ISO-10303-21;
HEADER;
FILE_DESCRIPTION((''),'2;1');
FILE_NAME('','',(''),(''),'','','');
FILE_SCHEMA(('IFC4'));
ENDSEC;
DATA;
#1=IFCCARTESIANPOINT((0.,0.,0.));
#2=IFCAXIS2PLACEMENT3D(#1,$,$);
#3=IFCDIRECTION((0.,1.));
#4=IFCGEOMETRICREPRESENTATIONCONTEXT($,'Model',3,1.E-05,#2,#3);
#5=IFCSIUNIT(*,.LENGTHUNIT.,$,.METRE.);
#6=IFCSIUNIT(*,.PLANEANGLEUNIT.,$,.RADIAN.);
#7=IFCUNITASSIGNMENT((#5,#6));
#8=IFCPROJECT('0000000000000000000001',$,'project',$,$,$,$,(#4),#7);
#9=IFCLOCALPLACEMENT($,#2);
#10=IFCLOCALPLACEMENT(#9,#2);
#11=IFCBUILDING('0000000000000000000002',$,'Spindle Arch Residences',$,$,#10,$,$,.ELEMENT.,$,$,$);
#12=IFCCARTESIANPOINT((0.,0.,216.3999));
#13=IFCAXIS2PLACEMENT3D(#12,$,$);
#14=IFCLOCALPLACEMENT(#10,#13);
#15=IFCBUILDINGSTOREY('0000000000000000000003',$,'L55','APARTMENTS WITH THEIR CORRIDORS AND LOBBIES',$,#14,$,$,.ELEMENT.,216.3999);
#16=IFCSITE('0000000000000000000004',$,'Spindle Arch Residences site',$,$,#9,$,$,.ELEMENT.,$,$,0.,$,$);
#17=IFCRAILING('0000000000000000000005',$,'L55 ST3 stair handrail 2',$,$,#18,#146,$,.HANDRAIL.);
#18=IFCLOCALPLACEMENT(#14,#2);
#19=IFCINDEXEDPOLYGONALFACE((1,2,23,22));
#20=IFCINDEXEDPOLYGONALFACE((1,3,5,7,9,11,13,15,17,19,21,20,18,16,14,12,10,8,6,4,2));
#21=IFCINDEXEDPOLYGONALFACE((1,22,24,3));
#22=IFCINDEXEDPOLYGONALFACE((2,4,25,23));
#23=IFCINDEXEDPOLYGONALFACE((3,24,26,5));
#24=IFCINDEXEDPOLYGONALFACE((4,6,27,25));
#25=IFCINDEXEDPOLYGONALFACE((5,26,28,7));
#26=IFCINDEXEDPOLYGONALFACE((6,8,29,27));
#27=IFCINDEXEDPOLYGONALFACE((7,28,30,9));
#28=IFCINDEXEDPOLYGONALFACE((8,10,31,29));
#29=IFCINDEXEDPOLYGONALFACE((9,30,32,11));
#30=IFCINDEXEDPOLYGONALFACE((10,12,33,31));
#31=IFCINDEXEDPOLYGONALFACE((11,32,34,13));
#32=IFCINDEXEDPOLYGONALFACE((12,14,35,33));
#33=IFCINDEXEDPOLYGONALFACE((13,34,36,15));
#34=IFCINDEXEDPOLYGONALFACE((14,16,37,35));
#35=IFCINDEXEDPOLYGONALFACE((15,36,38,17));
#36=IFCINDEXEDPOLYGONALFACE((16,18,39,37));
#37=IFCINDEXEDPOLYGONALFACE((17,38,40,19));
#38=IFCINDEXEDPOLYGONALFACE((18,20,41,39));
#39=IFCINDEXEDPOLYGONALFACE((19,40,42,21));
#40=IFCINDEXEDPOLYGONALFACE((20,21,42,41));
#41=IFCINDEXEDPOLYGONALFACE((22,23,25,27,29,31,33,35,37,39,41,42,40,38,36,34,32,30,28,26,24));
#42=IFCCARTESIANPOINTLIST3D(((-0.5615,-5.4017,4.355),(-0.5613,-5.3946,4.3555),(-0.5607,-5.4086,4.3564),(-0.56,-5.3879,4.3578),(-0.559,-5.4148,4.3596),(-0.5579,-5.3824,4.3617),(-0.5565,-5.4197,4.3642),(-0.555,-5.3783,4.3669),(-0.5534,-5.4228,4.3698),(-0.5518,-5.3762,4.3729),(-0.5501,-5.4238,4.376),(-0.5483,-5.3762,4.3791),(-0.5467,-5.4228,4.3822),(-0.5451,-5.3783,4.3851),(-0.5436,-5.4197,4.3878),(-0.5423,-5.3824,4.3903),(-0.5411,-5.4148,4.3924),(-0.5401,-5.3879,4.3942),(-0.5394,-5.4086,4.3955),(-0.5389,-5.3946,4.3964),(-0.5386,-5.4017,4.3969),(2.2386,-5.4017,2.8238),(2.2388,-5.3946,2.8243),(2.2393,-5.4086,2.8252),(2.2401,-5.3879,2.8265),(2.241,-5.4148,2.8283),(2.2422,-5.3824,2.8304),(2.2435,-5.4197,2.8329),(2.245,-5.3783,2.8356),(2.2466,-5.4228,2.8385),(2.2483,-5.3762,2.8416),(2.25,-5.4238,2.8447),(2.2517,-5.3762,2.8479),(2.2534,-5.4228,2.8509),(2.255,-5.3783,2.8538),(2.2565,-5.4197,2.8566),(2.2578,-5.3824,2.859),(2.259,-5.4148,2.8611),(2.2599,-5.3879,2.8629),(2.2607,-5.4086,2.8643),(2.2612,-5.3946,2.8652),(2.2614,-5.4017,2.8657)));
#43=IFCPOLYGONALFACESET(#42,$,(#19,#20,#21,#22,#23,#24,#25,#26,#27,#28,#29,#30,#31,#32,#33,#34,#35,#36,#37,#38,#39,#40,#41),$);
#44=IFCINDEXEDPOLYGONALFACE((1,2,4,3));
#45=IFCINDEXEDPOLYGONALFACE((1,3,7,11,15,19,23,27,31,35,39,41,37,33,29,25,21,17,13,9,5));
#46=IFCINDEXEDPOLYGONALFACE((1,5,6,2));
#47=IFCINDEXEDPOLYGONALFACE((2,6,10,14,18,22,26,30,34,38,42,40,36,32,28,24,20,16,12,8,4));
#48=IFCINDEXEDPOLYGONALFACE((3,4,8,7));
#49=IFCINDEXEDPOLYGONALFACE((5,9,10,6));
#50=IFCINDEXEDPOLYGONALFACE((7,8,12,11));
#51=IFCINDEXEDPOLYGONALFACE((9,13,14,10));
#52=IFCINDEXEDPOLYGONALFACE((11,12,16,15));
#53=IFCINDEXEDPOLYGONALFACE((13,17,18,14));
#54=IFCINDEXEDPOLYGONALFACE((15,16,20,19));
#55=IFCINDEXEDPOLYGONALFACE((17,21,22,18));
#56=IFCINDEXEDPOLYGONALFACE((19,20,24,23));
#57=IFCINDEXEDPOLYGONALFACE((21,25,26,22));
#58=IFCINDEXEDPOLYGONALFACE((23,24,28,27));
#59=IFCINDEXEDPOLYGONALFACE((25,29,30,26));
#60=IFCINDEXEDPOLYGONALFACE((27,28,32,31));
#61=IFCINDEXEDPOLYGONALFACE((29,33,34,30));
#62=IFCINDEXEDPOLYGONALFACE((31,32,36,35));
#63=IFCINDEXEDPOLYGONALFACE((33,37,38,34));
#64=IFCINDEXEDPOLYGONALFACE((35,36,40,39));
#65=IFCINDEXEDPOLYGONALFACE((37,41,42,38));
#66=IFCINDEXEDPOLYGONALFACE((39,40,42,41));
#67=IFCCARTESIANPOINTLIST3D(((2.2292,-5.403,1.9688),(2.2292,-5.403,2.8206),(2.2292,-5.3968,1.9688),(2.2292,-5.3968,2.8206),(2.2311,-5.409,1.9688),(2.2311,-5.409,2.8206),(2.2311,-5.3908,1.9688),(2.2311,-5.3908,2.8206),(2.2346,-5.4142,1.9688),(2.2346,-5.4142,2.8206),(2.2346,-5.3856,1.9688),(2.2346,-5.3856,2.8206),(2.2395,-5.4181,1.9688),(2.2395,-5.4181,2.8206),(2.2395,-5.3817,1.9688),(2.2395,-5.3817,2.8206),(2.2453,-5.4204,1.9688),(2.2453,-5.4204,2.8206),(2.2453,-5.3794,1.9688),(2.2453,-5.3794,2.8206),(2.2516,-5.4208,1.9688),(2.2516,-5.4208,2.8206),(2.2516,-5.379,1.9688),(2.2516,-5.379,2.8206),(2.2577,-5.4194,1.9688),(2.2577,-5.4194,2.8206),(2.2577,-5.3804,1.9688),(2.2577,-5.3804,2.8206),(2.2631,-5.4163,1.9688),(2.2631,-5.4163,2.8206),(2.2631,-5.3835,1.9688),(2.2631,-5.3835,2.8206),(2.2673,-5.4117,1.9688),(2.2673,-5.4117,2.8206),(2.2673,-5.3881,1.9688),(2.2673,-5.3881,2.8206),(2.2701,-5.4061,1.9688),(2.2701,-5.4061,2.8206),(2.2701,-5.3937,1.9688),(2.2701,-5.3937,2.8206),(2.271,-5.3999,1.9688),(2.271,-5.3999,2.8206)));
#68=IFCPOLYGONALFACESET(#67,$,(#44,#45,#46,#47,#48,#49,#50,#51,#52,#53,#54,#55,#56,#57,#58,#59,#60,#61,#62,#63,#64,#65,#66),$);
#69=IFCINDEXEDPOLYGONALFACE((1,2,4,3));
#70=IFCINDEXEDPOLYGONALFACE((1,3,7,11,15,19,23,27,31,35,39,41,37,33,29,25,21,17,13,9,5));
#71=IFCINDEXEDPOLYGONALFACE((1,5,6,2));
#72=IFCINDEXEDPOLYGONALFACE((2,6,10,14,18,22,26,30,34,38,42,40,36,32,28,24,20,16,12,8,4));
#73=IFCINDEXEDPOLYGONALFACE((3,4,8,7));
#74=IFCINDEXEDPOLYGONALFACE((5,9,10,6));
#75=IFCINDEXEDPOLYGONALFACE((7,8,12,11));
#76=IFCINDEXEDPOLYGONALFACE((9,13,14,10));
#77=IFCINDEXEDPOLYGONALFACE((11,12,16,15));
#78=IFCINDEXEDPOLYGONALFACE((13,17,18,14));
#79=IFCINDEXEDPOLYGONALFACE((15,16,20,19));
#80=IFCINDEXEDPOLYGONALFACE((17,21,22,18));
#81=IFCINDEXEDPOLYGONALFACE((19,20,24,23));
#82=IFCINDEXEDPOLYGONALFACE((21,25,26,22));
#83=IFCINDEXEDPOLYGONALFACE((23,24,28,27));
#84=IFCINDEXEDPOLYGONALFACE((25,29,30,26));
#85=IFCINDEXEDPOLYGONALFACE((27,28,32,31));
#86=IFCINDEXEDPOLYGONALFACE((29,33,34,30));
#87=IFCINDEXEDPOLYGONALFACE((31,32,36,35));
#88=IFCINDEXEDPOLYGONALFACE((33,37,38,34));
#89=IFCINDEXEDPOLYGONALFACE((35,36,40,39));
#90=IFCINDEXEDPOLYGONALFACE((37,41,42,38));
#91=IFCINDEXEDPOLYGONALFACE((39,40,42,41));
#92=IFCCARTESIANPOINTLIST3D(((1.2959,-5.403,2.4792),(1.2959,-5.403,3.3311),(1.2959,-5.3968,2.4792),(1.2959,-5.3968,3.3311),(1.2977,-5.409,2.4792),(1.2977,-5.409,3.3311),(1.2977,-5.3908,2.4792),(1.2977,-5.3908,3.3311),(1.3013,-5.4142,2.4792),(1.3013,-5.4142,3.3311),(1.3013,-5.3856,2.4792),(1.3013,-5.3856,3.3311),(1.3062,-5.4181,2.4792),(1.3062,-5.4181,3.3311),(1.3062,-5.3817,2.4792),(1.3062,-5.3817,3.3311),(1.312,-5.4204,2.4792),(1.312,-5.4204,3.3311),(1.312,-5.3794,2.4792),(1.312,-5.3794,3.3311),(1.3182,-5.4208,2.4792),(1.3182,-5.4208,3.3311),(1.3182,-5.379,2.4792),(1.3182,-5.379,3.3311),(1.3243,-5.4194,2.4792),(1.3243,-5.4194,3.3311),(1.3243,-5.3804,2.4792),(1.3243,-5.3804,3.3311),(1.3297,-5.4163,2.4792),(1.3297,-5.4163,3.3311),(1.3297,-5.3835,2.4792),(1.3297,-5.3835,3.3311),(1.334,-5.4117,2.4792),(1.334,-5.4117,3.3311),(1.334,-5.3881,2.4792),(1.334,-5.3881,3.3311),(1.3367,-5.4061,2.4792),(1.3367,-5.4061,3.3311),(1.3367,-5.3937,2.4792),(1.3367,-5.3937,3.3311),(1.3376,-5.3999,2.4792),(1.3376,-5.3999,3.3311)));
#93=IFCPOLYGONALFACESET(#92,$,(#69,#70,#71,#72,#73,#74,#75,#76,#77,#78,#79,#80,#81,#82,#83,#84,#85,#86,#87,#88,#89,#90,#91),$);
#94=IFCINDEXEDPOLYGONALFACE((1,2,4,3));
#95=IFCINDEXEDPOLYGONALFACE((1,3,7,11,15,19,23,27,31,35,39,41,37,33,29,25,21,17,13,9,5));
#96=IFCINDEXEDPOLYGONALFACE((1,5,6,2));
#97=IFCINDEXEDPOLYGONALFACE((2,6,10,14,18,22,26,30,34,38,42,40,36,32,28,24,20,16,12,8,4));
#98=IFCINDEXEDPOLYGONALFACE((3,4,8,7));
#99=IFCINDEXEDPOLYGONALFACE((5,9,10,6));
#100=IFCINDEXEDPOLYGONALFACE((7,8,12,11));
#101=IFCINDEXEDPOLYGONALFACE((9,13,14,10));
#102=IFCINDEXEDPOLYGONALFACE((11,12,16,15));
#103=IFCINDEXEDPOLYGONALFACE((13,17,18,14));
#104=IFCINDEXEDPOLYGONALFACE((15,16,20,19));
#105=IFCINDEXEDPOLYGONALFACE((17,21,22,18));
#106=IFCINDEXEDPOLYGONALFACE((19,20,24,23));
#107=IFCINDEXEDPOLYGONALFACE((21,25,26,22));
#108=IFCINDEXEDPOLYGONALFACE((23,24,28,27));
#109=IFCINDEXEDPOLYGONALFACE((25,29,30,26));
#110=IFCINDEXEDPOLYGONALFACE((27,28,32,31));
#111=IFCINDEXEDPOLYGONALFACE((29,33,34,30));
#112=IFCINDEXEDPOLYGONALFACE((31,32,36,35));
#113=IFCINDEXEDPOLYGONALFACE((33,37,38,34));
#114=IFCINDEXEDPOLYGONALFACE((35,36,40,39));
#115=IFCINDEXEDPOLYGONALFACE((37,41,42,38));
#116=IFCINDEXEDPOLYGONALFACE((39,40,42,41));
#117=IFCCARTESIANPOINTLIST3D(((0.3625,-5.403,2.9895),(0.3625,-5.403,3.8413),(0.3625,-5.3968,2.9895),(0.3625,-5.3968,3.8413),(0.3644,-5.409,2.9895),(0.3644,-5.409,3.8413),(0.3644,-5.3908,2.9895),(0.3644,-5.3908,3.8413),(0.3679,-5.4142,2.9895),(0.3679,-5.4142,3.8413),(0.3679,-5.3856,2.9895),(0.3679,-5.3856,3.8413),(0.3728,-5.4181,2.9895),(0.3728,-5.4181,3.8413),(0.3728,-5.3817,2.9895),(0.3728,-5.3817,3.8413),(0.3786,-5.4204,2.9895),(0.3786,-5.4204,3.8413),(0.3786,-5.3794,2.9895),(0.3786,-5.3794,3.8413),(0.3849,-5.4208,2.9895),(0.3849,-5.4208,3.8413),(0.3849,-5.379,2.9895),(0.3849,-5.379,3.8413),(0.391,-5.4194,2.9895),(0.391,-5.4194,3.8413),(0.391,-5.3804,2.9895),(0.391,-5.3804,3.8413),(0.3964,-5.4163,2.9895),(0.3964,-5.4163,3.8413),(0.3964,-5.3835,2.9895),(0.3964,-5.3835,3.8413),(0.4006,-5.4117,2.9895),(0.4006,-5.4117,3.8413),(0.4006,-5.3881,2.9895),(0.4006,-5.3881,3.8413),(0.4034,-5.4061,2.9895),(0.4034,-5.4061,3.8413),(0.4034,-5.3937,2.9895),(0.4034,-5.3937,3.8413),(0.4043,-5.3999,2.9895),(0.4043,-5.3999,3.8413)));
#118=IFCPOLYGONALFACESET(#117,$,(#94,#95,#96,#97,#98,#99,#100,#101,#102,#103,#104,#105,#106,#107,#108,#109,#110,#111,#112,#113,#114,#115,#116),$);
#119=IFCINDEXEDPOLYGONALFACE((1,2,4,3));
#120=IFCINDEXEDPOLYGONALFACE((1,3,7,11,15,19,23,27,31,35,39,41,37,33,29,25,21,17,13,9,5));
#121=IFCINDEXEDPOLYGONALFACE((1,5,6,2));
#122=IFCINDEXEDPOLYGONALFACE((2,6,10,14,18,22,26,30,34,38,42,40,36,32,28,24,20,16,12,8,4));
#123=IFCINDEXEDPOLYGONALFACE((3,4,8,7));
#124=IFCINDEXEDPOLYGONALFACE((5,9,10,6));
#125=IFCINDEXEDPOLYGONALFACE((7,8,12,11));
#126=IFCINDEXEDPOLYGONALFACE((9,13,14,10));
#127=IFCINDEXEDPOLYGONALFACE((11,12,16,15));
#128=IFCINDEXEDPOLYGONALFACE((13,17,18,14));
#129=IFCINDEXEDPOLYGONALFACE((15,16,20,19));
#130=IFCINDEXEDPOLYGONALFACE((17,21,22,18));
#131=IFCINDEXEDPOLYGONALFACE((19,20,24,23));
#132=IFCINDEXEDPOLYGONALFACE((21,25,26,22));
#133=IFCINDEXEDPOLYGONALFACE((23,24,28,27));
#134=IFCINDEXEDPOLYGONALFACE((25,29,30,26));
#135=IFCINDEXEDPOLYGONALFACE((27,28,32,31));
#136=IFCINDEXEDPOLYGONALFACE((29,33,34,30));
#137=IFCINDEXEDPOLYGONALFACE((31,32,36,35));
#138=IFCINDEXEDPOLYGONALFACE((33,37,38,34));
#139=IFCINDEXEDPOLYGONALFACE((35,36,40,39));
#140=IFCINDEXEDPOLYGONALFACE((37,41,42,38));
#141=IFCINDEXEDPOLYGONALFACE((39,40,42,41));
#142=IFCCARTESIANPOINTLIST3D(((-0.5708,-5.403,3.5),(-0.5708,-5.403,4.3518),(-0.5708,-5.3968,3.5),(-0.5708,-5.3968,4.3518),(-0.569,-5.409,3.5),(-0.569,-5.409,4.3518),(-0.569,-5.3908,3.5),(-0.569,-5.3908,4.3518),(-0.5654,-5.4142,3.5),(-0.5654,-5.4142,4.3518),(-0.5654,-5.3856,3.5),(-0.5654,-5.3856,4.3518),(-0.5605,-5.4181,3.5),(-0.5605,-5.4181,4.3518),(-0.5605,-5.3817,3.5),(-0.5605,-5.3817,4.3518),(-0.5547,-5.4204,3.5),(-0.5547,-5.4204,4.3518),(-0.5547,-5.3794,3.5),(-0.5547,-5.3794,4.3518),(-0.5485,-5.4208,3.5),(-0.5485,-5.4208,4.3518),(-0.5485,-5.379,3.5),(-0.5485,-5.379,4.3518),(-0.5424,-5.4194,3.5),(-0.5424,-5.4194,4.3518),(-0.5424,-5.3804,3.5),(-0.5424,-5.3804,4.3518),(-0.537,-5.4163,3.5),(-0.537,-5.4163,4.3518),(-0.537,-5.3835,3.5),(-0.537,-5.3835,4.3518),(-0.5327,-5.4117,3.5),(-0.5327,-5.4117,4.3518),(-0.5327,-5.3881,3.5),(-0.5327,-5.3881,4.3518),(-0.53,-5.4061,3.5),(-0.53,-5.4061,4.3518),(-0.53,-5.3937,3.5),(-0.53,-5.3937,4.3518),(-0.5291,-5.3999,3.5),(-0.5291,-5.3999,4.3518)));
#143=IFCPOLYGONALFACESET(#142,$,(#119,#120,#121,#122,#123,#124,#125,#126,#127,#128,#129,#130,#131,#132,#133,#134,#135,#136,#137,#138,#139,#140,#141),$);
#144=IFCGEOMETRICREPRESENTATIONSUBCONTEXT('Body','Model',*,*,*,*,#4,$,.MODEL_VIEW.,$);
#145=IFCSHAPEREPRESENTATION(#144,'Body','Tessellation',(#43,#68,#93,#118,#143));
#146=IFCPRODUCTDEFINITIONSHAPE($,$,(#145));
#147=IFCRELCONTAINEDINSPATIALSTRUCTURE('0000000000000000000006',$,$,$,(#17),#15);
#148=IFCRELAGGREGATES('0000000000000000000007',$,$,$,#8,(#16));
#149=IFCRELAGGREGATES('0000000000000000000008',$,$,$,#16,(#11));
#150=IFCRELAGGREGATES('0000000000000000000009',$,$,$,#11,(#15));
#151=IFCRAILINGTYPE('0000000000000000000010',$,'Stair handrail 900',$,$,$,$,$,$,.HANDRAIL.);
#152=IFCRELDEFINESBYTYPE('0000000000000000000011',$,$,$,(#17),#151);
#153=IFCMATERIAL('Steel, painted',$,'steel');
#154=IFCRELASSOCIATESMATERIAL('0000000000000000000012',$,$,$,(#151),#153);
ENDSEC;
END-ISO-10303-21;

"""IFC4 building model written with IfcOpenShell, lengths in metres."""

from ifc_helpers import new_model, si_unit, direction, frame, origin, origin_2d, place, context, subcontext, project, spatial, circle, extrude, material, type_object, element, save


model = new_model("IFC4")

# Units and contexts
model_context = context("Model", 3, precision=1e-05, world=origin(), true_north=direction((0.0, 1.0)))
body_context = subcontext(model_context, "Body", "Model", "MODEL_VIEW")
ifc_project = project(units=[si_unit("LENGTHUNIT", "METRE"), si_unit("PLANEANGLEUNIT", "RADIAN")], contexts=[model_context])

# Site, building, storey
site_placement = place(None, origin())
site = spatial("IfcSite", under=ifc_project, at=site_placement, Name="Spindle Arch Residences site", CompositionType="ELEMENT", RefElevation=0.0)
building_placement = place(site_placement, origin())
building = spatial("IfcBuilding", under=site, at=building_placement, Name="Spindle Arch Residences", CompositionType="ELEMENT")
storey_placement = place(building_placement, frame((0.0, 0.0, 216.3999)))
storey = spatial("IfcBuildingStorey", under=building, at=storey_placement, Name="L55", Description="APARTMENTS WITH THEIR CORRIDORS AND LOBBIES", CompositionType="ELEMENT", Elevation=216.3999)

# Railing
ifc_material_1 = material(Name="Steel, painted", Category="steel")
railing_type_1 = type_object("IfcRailingType", Name="Stair handrail 900", PredefinedType="HANDRAIL", material=ifc_material_1)
railing_1_placement = place(storey_placement, frame((2.25, -5.3999, 1.9688)))
element("IfcRailing", 1, at=railing_1_placement, inside=storey, type_object=railing_type_1, Name="L55 ST3 stair handrail 2", PredefinedType="HANDRAIL", context=body_context, shape_type="SweptSolid", body=[
    extrude(circle(Radius=0.0239, at=origin_2d()), frame((0.0, 0.0, 0.876), z_axis=(-0.877375, 0.0, 0.479806), x_axis=(0.0, -1.0, 0.0)), (0.0, 0.0, 1.0), 3.1914),
    extrude(circle(Radius=0.021, at=origin_2d()), origin(), (0.0, 0.0, 1.0), 0.8518),
    extrude(circle(Radius=0.021, at=origin_2d()), frame((-0.9333, 0.0, 0.5105)), (0.0, 0.0, 1.0), 0.8518),
    extrude(circle(Radius=0.021, at=origin_2d()), frame((-1.8667, 0.0, 1.0208)), (0.0, 0.0, 1.0), 0.8518),
    extrude(circle(Radius=0.021, at=origin_2d()), frame((-2.8, 0.0, 1.5312)), (0.0, 0.0, 1.0), 0.8518),
])

save(model, "model.ifc")
